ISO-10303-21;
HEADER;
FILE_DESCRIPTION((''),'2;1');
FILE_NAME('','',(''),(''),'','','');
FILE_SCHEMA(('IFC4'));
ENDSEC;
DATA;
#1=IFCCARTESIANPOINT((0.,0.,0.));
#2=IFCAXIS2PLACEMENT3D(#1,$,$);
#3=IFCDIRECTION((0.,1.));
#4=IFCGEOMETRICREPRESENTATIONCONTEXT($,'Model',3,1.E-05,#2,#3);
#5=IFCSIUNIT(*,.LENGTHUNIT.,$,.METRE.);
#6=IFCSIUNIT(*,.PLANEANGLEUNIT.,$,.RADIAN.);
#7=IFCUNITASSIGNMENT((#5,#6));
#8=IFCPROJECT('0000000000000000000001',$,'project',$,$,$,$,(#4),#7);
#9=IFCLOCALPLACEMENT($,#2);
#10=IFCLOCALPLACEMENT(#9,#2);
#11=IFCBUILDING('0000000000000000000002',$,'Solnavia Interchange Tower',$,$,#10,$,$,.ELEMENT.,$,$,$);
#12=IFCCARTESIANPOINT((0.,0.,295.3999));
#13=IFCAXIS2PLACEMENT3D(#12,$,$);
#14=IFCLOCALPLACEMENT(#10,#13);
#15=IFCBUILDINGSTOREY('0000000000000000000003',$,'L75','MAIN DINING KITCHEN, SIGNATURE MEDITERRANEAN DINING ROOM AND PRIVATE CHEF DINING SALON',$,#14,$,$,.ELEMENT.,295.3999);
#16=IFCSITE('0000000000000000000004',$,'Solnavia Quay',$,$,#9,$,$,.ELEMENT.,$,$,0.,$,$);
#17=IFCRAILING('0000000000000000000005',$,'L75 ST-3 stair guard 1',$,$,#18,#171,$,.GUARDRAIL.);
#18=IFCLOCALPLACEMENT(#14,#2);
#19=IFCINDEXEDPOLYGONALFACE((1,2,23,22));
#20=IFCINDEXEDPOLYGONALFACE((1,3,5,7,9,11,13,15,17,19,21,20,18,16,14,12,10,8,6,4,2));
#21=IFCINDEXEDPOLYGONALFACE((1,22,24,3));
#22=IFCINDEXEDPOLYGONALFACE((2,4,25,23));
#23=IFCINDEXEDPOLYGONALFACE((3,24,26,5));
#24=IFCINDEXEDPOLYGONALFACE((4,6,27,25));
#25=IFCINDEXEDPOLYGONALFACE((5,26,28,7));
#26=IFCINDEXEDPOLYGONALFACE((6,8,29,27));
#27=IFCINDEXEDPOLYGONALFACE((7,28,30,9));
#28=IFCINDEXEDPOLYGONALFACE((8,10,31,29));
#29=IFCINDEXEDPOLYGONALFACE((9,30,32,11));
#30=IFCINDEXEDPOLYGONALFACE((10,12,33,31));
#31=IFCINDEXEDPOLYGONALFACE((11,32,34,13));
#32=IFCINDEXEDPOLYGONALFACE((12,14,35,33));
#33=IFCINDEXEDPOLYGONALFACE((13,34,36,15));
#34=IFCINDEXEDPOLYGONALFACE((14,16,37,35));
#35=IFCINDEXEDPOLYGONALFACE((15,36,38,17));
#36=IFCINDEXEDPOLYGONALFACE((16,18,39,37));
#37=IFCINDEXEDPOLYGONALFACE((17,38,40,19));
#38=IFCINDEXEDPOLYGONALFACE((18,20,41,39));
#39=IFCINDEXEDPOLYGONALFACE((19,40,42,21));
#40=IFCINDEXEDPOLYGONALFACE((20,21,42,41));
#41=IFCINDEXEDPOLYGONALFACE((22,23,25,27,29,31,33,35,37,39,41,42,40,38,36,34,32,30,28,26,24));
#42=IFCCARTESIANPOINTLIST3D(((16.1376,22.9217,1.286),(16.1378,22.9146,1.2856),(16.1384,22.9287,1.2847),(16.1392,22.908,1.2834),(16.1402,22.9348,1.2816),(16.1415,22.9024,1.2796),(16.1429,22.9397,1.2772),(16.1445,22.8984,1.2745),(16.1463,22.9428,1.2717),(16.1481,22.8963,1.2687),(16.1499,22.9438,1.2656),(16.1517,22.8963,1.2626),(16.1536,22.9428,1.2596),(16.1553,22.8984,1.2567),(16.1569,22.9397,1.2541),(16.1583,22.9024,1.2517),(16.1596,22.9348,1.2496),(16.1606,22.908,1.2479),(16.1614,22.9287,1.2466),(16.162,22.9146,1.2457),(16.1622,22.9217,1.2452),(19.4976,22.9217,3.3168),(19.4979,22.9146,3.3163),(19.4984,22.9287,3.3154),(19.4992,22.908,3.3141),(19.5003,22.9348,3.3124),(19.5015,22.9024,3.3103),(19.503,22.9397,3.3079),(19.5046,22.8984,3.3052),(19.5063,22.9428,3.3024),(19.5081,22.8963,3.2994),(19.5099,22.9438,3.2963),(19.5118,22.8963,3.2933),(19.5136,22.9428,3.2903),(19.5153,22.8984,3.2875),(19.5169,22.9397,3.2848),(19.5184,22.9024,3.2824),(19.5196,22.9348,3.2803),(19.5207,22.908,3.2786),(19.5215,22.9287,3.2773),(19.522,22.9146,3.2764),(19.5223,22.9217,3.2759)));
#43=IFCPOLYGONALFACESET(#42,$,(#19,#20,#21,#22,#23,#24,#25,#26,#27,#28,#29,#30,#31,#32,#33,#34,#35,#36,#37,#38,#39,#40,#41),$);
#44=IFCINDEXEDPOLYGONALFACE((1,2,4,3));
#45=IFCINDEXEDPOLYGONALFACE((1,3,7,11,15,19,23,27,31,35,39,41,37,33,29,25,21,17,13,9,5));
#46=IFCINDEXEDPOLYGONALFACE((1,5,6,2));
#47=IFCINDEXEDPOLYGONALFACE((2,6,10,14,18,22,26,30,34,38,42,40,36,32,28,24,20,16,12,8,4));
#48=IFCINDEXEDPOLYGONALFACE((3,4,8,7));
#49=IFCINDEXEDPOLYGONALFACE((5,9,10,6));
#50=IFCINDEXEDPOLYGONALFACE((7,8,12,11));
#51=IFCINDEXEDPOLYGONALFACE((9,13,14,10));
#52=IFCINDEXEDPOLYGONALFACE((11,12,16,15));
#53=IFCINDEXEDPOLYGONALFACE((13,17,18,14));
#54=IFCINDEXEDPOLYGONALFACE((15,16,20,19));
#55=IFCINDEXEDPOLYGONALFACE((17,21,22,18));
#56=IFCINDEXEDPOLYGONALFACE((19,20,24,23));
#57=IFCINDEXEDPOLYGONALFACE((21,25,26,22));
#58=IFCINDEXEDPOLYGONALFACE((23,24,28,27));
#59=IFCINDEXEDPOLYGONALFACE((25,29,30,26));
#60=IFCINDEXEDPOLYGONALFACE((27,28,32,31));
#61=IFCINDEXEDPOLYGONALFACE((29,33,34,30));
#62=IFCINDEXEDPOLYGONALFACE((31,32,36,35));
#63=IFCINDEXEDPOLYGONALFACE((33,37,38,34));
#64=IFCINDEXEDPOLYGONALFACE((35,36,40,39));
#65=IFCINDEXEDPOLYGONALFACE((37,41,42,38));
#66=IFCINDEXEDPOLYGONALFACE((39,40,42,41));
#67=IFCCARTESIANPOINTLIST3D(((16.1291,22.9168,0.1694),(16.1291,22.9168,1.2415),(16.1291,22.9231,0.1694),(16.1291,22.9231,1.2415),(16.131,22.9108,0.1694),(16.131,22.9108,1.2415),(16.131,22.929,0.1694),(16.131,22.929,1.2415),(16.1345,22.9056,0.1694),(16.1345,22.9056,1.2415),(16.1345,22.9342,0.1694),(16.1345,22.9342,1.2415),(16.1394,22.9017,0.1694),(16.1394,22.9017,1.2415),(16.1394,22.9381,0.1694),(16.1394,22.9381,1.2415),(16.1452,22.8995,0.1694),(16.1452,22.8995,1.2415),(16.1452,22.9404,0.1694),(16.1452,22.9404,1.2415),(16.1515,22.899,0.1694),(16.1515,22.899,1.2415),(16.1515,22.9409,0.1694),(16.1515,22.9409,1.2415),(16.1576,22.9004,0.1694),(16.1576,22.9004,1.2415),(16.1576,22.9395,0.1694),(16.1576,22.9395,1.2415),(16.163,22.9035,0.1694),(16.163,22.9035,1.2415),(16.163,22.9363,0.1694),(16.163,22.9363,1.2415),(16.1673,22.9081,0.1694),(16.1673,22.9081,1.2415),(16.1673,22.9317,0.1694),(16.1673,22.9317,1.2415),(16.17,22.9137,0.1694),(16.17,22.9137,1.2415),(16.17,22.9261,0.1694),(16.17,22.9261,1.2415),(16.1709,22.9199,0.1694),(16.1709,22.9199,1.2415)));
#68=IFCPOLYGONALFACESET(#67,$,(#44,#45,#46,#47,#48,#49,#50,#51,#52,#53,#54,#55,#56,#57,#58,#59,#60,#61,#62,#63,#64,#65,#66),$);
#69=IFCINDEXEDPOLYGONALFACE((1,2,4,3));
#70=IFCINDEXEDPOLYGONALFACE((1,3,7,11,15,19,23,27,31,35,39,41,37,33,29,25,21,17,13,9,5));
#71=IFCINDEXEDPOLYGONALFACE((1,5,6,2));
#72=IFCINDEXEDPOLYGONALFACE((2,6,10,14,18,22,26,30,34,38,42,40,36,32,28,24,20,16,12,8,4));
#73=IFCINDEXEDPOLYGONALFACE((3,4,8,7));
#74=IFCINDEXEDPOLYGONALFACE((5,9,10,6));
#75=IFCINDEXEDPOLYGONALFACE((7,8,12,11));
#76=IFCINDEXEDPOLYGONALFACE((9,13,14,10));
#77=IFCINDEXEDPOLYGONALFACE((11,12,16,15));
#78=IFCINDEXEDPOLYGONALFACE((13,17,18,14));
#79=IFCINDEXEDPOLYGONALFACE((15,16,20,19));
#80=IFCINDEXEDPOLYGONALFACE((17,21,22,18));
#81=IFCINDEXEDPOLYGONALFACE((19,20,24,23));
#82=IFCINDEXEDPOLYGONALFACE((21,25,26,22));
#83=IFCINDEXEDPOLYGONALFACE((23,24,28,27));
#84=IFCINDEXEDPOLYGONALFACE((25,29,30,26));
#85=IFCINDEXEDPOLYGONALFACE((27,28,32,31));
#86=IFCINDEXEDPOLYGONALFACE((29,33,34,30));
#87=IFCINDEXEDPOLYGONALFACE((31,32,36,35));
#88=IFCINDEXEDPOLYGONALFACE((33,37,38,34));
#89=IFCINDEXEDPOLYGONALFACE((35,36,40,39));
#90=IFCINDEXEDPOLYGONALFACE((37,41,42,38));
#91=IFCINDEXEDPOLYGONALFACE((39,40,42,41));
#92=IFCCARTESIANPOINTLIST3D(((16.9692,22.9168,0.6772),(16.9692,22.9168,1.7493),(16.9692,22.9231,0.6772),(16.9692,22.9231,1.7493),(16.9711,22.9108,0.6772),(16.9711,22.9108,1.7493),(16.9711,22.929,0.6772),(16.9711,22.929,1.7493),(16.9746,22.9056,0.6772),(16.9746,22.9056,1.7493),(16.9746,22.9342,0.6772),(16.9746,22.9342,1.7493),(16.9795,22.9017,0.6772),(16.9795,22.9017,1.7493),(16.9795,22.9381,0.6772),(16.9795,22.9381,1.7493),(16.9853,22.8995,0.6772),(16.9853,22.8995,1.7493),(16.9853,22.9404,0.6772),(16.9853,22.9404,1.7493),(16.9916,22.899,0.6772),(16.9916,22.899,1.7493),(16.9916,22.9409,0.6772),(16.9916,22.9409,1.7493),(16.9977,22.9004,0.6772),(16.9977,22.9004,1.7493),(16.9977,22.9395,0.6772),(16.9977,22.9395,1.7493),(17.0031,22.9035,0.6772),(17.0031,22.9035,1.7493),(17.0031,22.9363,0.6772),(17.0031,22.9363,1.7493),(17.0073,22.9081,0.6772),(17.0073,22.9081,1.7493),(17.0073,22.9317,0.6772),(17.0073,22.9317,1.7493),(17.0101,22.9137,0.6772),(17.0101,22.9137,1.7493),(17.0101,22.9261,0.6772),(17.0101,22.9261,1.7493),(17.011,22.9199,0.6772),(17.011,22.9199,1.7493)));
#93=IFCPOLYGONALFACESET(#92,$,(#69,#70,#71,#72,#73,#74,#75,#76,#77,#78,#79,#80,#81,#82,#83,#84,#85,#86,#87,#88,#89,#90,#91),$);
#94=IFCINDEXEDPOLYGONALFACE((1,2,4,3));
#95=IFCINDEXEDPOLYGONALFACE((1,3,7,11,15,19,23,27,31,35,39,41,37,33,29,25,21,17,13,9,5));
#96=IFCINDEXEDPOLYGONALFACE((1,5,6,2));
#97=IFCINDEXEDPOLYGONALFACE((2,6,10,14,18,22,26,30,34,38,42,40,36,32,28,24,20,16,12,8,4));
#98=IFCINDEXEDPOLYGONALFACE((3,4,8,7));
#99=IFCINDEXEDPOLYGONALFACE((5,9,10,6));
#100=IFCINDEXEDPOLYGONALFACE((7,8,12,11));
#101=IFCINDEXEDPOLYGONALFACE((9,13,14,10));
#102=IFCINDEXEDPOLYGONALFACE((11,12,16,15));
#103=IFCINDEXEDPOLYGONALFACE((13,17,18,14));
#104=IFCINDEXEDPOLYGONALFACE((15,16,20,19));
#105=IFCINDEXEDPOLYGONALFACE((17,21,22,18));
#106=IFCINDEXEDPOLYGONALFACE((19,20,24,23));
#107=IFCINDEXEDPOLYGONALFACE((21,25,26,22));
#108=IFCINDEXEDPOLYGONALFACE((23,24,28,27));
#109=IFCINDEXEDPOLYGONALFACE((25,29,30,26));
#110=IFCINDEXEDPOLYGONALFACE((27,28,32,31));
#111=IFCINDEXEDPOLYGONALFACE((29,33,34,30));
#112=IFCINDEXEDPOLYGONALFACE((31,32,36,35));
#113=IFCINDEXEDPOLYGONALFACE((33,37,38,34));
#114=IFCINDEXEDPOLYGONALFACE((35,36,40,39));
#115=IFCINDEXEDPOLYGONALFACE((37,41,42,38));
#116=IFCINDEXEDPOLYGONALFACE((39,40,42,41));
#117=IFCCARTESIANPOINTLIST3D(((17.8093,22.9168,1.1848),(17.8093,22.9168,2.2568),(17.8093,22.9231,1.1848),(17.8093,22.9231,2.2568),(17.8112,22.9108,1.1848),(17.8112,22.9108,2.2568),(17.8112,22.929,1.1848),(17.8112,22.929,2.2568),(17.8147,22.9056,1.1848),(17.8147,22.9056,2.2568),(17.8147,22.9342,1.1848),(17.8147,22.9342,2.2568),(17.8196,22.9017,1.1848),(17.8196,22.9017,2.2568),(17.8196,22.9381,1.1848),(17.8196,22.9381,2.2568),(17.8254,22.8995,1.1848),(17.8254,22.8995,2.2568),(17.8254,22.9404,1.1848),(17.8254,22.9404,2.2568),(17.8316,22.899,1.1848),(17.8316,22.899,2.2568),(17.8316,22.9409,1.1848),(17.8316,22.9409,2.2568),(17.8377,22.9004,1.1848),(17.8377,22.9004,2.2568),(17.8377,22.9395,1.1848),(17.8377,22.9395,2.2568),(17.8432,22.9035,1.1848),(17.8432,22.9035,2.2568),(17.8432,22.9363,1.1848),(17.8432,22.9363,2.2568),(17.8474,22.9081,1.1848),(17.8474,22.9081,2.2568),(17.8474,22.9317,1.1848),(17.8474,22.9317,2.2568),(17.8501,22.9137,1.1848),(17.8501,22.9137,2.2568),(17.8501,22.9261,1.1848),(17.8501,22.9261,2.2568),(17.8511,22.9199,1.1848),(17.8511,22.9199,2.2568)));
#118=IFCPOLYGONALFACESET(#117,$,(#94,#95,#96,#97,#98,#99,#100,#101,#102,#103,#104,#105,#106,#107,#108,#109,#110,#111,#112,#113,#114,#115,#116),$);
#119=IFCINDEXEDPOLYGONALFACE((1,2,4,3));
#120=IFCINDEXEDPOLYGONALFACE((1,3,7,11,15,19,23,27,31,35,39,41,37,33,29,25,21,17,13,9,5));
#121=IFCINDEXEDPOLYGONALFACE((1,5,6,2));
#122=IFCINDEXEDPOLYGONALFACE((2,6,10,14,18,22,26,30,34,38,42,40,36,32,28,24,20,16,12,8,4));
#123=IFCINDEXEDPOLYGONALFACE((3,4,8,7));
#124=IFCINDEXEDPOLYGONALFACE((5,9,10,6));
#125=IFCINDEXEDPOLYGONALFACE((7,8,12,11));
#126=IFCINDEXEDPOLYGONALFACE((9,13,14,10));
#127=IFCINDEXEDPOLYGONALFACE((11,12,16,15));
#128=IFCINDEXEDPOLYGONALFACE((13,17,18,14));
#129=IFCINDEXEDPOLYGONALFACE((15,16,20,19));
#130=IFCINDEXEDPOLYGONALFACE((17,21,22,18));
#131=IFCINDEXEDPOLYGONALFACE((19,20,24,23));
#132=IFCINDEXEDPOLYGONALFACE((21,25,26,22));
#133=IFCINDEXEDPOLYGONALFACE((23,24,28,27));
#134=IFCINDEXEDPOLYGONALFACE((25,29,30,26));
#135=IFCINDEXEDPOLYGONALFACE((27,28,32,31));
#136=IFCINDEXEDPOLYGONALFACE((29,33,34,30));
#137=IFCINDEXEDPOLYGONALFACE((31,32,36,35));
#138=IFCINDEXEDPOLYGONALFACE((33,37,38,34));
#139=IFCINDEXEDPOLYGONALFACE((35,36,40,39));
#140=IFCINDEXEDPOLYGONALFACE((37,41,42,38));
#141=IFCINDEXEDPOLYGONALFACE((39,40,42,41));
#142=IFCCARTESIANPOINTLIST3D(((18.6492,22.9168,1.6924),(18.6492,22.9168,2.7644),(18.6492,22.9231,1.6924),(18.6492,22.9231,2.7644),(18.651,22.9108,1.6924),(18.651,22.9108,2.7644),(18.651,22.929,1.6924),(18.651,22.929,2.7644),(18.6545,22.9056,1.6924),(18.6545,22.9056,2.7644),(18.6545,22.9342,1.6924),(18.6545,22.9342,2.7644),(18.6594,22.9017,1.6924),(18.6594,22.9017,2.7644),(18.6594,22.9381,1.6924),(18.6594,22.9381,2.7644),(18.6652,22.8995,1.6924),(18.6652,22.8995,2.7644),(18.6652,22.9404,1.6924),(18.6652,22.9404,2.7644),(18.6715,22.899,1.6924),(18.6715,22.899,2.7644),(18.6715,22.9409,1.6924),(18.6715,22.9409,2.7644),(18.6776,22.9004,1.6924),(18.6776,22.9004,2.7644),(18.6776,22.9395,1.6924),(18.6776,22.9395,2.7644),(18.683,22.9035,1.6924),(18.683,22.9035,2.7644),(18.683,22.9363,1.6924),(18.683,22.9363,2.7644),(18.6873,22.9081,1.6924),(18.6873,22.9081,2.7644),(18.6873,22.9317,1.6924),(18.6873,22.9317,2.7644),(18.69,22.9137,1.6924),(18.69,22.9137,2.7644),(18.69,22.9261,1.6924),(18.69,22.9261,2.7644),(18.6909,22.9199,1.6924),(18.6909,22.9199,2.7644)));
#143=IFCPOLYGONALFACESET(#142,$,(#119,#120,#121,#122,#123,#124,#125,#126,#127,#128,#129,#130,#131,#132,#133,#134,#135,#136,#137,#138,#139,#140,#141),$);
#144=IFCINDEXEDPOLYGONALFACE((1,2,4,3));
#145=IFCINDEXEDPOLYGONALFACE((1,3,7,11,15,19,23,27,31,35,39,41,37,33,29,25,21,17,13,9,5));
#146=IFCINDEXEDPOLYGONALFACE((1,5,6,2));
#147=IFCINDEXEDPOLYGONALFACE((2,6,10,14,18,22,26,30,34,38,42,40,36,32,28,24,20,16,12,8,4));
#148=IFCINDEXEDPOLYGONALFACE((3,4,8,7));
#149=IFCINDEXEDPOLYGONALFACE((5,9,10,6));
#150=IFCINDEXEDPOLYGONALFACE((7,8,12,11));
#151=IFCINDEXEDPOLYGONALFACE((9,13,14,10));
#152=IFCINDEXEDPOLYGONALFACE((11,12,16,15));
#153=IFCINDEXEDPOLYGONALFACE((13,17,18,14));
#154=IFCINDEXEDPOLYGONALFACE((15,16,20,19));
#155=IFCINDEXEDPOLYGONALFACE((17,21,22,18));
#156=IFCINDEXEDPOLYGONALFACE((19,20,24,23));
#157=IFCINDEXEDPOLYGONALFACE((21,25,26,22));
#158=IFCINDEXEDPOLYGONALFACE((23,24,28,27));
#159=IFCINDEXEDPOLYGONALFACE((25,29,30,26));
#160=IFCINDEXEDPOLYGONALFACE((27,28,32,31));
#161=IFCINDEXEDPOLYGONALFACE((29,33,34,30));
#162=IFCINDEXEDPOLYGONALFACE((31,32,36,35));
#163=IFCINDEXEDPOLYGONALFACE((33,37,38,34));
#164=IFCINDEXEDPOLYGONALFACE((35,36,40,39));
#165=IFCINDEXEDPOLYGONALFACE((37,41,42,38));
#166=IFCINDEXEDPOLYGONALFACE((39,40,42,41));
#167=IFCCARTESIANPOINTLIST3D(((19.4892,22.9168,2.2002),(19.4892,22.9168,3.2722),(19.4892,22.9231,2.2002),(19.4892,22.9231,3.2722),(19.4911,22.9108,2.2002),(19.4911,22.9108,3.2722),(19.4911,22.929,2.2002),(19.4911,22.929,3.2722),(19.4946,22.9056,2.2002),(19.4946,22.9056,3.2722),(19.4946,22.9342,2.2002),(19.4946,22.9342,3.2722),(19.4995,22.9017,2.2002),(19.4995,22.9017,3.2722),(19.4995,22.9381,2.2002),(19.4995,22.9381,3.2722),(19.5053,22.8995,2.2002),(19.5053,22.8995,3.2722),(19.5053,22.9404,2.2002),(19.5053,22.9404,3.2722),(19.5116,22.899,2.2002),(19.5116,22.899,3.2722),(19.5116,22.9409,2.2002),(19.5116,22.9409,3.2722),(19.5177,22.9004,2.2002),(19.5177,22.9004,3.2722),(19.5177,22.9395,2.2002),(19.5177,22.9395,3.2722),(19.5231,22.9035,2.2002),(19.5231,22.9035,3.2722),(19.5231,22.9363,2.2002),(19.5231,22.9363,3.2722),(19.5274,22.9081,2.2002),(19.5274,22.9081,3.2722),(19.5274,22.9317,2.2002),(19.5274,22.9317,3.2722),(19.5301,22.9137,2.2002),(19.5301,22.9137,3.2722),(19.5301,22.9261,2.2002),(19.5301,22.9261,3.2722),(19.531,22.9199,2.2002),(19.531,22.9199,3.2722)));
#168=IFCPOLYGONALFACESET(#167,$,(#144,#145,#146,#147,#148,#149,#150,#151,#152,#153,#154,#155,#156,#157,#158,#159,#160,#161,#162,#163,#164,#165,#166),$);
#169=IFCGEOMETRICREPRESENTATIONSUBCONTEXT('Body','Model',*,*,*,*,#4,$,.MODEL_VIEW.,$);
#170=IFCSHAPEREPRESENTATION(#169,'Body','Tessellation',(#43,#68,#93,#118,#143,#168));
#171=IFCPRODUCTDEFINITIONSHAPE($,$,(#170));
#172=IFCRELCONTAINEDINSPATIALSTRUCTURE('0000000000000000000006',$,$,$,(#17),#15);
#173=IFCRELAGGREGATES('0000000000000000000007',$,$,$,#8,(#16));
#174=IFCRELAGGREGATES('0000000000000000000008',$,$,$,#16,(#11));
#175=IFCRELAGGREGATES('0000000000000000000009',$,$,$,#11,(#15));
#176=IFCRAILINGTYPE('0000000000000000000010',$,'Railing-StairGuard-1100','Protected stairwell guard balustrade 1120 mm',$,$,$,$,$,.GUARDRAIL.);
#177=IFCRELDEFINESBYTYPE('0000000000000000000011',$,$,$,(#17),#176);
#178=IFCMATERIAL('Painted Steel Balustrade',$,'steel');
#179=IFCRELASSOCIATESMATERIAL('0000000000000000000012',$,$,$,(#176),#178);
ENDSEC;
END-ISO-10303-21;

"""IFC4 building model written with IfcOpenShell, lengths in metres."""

from ifc_helpers import new_model, si_unit, direction, frame, origin, origin_2d, place, context, subcontext, project, spatial, circle, extrude, material, type_object, element, save


model = new_model("IFC4")

# Units and contexts
model_context = context("Model", 3, precision=1e-05, world=origin(), true_north=direction((0.0, 1.0)))
body_context = subcontext(model_context, "Body", "Model", "MODEL_VIEW")
ifc_project = project(units=[si_unit("LENGTHUNIT", "METRE"), si_unit("PLANEANGLEUNIT", "RADIAN")], contexts=[model_context])

# Site, building, storey
site_placement = place(None, origin())
site = spatial("IfcSite", under=ifc_project, at=site_placement, Name="Solnavia Quay", CompositionType="ELEMENT", RefElevation=0.0)
building_placement = place(site_placement, origin())
building = spatial("IfcBuilding", under=site, at=building_placement, Name="Solnavia Interchange Tower", CompositionType="ELEMENT")
storey_placement = place(building_placement, frame((0.0, 0.0, 295.3999)))
storey = spatial("IfcBuildingStorey", under=building, at=storey_placement, Name="L75", Description="MAIN DINING KITCHEN, SIGNATURE MEDITERRANEAN DINING ROOM AND PRIVATE CHEF DINING SALON", CompositionType="ELEMENT", Elevation=295.3999)

# Railing
ifc_material_1 = material(Name="Painted Steel Balustrade", Category="steel")
railing_type_1 = type_object("IfcRailingType", Name="Railing-StairGuard-1100", Description="Protected stairwell guard balustrade 1120 mm", PredefinedType="GUARDRAIL", material=ifc_material_1)
railing_1_placement = place(storey_placement, frame((16.1499, 22.9199, 0.1694)))
element("IfcRailing", 1, at=railing_1_placement, inside=storey, type_object=railing_type_1, Name="L75 ST-3 stair guard 1", PredefinedType="GUARDRAIL", context=body_context, shape_type="SweptSolid", body=[
    extrude(circle(Radius=0.0239, at=origin_2d()), frame((0.0, 0.0, 1.0962), z_axis=(0.855837, 0.0, 0.517246), x_axis=(0.0, 1.0, 0.0)), (0.0, 0.0, 1.0), 3.926),
    extrude(circle(Radius=0.021, at=origin_2d()), origin(), (0.0, 0.0, 1.0), 1.072),
    extrude(circle(Radius=0.021, at=origin_2d()), frame((0.8401, 0.0, 0.5078)), (0.0, 0.0, 1.0), 1.072),
    extrude(circle(Radius=0.021, at=origin_2d()), frame((1.6802, 0.0, 1.0154)), (0.0, 0.0, 1.0), 1.072),
    extrude(circle(Radius=0.021, at=origin_2d()), frame((2.52, 0.0, 1.5229)), (0.0, 0.0, 1.0), 1.072),
    extrude(circle(Radius=0.021, at=origin_2d()), frame((3.3601, 0.0, 2.0308)), (0.0, 0.0, 1.0), 1.072),
])

save(model, "model.ifc")
